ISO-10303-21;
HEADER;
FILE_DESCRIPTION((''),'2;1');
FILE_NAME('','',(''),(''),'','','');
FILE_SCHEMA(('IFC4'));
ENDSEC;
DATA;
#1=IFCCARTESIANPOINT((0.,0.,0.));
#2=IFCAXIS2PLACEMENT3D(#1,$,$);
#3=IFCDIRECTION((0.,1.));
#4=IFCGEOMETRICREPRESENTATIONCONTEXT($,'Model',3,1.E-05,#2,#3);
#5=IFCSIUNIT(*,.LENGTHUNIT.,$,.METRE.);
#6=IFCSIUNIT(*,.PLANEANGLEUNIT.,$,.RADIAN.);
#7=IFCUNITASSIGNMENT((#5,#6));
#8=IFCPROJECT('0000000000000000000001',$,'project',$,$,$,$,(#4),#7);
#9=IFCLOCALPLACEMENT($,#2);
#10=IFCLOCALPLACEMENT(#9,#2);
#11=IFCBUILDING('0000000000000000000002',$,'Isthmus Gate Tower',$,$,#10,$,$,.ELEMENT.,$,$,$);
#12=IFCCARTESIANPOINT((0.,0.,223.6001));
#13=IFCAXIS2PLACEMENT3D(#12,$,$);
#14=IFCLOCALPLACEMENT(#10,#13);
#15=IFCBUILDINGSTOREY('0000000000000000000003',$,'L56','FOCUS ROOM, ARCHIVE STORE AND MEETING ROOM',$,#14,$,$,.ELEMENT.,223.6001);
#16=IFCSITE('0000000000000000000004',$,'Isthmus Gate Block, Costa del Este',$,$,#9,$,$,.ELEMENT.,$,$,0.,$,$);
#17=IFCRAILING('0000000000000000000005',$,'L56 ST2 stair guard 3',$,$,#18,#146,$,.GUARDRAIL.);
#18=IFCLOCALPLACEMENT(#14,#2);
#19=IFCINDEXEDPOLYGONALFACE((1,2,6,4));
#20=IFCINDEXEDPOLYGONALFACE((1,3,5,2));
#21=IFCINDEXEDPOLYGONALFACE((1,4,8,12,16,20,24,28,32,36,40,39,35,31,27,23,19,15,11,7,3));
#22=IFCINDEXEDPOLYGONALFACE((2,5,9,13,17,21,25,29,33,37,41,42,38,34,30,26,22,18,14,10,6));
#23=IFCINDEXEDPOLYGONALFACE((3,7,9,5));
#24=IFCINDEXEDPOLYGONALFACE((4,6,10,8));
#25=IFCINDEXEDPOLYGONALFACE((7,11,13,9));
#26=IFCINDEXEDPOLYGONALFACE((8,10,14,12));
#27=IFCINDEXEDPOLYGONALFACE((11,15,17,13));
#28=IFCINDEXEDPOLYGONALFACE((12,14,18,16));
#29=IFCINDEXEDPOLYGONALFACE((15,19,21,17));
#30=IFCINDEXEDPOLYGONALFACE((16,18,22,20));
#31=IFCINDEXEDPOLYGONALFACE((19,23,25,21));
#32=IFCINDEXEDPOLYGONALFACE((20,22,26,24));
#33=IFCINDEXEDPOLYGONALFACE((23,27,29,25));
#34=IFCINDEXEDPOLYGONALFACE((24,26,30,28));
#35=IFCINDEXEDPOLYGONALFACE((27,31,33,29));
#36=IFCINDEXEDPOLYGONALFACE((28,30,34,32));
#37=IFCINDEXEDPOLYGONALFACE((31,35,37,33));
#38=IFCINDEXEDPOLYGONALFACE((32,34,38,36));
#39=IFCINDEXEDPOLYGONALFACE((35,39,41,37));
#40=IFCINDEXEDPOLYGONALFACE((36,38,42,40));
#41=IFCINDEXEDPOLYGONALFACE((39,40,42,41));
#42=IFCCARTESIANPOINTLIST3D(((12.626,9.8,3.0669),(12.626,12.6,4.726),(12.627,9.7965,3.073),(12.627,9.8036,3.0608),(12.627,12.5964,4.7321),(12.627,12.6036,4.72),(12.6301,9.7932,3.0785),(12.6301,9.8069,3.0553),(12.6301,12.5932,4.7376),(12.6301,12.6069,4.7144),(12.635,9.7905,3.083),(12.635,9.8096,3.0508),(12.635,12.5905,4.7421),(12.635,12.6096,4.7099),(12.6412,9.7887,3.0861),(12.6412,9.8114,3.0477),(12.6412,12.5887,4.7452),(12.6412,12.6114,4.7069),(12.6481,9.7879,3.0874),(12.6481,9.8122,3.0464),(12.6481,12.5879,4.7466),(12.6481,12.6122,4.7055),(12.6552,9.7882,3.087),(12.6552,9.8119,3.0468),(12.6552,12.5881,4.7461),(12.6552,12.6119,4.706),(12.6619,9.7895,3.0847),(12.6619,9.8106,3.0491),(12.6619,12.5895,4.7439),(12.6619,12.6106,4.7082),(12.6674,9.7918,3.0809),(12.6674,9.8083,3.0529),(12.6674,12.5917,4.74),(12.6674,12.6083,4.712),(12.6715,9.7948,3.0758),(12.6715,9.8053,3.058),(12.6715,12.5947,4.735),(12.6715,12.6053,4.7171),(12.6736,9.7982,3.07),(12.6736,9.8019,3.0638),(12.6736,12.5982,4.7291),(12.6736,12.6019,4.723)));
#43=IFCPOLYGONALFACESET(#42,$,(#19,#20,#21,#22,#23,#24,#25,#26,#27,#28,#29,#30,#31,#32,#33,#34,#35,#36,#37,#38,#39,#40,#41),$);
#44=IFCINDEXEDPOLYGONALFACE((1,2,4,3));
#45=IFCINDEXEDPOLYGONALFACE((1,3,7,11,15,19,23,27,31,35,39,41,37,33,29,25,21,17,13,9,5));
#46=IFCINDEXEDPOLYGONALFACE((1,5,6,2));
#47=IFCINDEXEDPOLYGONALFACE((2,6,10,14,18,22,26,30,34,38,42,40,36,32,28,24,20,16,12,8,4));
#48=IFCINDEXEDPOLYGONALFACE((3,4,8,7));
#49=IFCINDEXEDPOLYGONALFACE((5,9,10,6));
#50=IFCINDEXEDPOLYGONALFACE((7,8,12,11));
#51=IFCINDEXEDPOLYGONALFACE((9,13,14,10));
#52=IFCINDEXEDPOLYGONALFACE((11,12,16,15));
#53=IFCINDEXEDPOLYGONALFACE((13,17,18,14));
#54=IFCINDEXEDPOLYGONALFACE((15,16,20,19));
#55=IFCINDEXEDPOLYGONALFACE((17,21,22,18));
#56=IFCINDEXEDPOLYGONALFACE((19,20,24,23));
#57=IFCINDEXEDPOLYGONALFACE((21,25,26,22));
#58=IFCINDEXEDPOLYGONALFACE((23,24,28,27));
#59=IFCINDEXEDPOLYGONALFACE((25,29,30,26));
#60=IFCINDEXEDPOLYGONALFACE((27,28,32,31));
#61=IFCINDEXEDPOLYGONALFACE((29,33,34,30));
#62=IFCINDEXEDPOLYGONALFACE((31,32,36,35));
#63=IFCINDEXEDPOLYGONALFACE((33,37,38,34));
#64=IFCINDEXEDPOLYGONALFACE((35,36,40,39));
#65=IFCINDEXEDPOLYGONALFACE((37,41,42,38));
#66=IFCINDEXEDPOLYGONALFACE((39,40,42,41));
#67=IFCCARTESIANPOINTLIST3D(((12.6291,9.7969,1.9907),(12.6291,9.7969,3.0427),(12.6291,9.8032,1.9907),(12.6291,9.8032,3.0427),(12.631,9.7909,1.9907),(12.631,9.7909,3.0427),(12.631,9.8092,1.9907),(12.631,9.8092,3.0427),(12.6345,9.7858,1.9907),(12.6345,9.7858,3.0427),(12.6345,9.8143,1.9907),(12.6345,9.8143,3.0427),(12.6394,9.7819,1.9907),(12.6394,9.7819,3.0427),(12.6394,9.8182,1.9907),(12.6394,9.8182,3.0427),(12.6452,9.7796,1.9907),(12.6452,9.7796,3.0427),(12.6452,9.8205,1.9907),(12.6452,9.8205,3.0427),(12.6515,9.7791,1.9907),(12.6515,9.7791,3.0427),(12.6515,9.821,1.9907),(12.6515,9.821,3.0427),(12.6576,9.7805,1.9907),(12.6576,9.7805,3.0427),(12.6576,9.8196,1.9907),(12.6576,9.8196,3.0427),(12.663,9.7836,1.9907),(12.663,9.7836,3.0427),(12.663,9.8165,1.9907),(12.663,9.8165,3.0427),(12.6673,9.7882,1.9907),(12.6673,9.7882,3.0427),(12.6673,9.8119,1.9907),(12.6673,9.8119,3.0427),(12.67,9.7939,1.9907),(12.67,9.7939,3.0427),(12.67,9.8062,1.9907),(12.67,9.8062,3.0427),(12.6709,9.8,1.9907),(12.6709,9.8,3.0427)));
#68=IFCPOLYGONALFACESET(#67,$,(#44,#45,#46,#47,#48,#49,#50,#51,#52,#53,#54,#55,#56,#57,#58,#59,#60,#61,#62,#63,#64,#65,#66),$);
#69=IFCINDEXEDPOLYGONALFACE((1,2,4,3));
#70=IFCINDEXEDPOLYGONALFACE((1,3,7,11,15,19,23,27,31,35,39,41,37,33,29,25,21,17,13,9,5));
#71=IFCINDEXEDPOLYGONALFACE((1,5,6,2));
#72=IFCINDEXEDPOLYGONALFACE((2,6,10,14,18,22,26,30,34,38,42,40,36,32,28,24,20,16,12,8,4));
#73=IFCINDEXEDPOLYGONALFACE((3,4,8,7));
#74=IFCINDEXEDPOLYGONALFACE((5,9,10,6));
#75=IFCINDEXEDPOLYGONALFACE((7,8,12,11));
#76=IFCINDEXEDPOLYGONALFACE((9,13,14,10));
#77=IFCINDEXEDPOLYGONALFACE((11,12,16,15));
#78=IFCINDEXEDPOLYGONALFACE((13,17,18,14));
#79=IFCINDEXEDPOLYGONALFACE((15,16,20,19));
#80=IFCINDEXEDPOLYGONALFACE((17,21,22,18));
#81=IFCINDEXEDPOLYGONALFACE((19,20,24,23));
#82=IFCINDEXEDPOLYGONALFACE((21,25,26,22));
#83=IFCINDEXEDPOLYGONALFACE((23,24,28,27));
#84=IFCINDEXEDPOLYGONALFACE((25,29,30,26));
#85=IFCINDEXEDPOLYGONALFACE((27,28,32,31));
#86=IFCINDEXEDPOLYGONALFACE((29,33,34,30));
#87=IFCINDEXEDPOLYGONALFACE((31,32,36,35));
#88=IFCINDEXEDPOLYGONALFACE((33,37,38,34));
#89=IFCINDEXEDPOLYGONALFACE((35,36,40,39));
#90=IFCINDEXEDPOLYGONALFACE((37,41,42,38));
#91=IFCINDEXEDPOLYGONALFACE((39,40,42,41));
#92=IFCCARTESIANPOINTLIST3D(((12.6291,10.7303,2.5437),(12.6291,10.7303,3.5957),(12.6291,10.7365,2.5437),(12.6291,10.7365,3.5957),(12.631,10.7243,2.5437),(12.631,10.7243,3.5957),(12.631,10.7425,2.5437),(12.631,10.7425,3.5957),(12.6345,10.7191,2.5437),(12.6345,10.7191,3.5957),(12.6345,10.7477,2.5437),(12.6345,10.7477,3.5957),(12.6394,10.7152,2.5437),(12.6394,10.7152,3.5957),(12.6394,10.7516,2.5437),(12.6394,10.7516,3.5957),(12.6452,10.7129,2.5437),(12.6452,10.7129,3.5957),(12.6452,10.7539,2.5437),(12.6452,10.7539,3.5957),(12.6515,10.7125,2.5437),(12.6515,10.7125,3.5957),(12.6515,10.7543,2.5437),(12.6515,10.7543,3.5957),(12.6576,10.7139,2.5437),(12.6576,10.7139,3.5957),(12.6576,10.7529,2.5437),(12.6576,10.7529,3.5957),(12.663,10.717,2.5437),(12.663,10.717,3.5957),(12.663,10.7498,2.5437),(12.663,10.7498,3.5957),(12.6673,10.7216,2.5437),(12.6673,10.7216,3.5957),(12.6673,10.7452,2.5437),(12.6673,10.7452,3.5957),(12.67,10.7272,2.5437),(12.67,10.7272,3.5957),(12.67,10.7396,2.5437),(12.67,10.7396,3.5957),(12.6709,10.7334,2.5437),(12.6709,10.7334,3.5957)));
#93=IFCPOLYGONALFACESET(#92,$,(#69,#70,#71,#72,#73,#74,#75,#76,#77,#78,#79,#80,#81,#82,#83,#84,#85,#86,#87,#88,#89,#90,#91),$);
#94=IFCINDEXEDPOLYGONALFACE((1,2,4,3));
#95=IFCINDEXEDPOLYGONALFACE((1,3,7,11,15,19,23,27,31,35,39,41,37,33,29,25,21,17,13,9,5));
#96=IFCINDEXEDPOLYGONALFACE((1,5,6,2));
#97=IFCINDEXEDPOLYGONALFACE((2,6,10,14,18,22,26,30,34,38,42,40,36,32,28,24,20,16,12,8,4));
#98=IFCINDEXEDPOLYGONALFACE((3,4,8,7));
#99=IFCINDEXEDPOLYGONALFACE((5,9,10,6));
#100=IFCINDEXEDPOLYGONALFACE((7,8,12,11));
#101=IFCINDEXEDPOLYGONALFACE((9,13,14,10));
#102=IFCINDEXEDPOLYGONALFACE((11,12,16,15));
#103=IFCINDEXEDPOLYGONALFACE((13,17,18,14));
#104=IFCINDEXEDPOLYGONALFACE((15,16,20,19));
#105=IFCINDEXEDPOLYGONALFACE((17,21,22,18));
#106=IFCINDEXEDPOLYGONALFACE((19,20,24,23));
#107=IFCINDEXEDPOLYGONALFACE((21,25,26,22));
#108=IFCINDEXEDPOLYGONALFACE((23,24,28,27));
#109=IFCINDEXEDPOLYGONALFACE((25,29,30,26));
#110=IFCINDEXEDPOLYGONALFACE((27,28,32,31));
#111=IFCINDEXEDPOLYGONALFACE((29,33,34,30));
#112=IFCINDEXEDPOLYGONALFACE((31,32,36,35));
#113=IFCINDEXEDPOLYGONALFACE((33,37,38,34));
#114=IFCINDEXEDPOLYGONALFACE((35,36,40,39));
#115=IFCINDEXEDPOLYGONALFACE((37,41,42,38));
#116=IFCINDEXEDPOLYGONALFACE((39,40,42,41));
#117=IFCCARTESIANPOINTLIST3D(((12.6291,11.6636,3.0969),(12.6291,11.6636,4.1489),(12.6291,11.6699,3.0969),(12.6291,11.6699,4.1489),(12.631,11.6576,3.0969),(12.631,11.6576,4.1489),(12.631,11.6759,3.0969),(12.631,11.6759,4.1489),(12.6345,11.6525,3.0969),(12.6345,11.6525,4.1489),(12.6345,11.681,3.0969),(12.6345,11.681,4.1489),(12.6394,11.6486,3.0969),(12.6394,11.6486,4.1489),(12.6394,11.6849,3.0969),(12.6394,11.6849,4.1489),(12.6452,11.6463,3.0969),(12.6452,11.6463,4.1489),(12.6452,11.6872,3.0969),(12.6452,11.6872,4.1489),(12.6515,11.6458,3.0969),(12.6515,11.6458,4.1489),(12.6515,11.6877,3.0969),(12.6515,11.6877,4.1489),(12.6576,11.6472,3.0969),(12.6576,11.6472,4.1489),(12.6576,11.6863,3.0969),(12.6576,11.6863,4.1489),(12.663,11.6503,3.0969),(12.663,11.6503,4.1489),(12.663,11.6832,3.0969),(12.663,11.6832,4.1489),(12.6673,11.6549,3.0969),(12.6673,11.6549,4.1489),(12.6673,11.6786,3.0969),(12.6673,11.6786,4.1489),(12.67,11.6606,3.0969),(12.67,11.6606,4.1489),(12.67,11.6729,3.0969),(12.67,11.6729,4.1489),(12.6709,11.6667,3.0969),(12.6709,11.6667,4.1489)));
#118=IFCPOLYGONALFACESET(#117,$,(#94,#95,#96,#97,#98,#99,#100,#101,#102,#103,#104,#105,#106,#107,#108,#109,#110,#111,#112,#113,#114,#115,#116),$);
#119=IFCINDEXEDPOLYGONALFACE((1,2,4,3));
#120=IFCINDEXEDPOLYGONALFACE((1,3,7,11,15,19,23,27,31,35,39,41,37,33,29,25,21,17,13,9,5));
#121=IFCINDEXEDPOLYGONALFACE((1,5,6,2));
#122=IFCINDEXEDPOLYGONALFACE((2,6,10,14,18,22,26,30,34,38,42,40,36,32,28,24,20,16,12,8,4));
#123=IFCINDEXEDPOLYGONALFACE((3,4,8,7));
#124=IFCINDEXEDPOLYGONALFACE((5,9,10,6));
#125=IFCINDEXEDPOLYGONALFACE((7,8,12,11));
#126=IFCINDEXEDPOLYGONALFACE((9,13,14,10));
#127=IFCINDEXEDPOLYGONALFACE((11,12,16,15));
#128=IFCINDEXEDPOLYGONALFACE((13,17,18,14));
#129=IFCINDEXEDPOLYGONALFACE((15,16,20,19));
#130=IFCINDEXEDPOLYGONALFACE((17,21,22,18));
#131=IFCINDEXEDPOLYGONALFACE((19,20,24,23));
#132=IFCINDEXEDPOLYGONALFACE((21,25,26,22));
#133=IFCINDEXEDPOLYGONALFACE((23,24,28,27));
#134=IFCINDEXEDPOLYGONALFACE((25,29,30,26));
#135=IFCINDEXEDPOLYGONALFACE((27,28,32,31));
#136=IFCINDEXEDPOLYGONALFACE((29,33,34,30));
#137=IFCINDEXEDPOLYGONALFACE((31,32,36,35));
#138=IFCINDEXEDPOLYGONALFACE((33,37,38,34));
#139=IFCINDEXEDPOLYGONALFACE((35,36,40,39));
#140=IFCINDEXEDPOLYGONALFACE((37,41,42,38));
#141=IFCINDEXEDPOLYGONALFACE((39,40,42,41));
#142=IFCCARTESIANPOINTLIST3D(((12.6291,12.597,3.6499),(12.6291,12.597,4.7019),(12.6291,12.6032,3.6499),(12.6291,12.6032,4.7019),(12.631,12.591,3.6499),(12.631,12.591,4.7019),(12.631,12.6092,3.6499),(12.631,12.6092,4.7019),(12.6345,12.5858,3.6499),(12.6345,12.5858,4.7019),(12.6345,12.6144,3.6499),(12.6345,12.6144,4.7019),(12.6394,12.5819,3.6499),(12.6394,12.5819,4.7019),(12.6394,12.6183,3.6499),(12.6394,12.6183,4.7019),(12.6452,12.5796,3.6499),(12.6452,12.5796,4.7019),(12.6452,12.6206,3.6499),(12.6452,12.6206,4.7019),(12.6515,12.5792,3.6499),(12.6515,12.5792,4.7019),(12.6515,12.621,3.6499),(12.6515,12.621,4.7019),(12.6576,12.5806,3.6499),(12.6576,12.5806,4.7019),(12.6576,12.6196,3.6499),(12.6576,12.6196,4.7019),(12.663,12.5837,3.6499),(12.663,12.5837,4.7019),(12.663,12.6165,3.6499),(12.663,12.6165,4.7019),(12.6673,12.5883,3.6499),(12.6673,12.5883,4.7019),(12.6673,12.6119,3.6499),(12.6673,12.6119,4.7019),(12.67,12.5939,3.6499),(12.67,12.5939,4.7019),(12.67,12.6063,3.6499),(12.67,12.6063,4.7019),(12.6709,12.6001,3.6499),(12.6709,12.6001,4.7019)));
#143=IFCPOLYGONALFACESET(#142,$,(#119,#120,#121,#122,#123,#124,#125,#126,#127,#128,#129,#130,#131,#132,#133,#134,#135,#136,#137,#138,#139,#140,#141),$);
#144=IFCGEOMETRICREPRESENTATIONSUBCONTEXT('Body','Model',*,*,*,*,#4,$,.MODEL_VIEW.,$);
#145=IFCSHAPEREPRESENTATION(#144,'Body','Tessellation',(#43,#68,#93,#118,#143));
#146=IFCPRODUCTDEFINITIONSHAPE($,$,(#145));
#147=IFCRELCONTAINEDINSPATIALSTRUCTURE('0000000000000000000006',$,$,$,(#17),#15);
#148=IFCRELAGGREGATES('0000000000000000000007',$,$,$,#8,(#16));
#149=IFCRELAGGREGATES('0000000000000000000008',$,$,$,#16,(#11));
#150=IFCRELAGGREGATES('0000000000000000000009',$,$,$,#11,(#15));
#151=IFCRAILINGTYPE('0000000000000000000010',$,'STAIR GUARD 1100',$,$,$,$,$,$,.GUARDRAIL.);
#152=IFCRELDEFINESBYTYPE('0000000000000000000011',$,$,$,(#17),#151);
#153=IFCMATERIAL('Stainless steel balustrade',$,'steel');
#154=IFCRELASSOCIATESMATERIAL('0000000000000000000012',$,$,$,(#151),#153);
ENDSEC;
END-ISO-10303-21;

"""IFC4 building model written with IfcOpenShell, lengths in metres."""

from ifc_helpers import new_model, si_unit, direction, frame, origin, origin_2d, place, context, subcontext, project, spatial, circle, extrude, material, type_object, element, save


model = new_model("IFC4")

# Units and contexts
model_context = context("Model", 3, precision=1e-05, world=origin(), true_north=direction((0.0, 1.0)))
body_context = subcontext(model_context, "Body", "Model", "MODEL_VIEW")
ifc_project = project(units=[si_unit("LENGTHUNIT", "METRE"), si_unit("PLANEANGLEUNIT", "RADIAN")], contexts=[model_context])

# Site, building, storey
site_placement = place(None, origin())
site = spatial("IfcSite", under=ifc_project, at=site_placement, Name="Isthmus Gate Block, Costa del Este", CompositionType="ELEMENT", RefElevation=0.0)
building_placement = place(site_placement, origin())
building = spatial("IfcBuilding", under=site, at=building_placement, Name="Isthmus Gate Tower", CompositionType="ELEMENT")
storey_placement = place(building_placement, frame((0.0, 0.0, 223.6001)))
storey = spatial("IfcBuildingStorey", under=building, at=storey_placement, Name="L56", Description="FOCUS ROOM, ARCHIVE STORE AND MEETING ROOM", CompositionType="ELEMENT", Elevation=223.6001)

# Railing
ifc_material_1 = material(Name="Stainless steel balustrade", Category="steel")
railing_type_1 = type_object("IfcRailingType", Name="STAIR GUARD 1100", PredefinedType="GUARDRAIL", material=ifc_material_1)
for number, where, name in (
    (1, (12.6499, 9.8, 1.9907), "L56 ST2 stair guard 3"),
):
    element("IfcRailing", number, at=place(storey_placement, frame(where)), inside=storey, type_object=railing_type_1, Name=name, PredefinedType="GUARDRAIL", context=body_context, shape_type="SweptSolid", body=[
        extrude(circle(Radius=0.0239, at=origin_2d()), frame((0.0, 0.0, 1.0762), z_axis=(0.0, 0.860306, 0.509778), x_axis=(-1.0, 0.0, 0.0)), (0.0, 0.0, 1.0), 3.2546),
        extrude(circle(Radius=0.021, at=origin_2d()), origin(), (0.0, 0.0, 1.0), 1.052),
        extrude(circle(Radius=0.021, at=origin_2d()), frame((0.0, 0.9333, 0.553)), (0.0, 0.0, 1.0), 1.052),
        extrude(circle(Radius=0.021, at=origin_2d()), frame((0.0, 1.8667, 1.1062)), (0.0, 0.0, 1.0), 1.052),
        extrude(circle(Radius=0.021, at=origin_2d()), frame((0.0, 2.8, 1.6592)), (0.0, 0.0, 1.0), 1.052),
    ])

save(model, "model.ifc")
